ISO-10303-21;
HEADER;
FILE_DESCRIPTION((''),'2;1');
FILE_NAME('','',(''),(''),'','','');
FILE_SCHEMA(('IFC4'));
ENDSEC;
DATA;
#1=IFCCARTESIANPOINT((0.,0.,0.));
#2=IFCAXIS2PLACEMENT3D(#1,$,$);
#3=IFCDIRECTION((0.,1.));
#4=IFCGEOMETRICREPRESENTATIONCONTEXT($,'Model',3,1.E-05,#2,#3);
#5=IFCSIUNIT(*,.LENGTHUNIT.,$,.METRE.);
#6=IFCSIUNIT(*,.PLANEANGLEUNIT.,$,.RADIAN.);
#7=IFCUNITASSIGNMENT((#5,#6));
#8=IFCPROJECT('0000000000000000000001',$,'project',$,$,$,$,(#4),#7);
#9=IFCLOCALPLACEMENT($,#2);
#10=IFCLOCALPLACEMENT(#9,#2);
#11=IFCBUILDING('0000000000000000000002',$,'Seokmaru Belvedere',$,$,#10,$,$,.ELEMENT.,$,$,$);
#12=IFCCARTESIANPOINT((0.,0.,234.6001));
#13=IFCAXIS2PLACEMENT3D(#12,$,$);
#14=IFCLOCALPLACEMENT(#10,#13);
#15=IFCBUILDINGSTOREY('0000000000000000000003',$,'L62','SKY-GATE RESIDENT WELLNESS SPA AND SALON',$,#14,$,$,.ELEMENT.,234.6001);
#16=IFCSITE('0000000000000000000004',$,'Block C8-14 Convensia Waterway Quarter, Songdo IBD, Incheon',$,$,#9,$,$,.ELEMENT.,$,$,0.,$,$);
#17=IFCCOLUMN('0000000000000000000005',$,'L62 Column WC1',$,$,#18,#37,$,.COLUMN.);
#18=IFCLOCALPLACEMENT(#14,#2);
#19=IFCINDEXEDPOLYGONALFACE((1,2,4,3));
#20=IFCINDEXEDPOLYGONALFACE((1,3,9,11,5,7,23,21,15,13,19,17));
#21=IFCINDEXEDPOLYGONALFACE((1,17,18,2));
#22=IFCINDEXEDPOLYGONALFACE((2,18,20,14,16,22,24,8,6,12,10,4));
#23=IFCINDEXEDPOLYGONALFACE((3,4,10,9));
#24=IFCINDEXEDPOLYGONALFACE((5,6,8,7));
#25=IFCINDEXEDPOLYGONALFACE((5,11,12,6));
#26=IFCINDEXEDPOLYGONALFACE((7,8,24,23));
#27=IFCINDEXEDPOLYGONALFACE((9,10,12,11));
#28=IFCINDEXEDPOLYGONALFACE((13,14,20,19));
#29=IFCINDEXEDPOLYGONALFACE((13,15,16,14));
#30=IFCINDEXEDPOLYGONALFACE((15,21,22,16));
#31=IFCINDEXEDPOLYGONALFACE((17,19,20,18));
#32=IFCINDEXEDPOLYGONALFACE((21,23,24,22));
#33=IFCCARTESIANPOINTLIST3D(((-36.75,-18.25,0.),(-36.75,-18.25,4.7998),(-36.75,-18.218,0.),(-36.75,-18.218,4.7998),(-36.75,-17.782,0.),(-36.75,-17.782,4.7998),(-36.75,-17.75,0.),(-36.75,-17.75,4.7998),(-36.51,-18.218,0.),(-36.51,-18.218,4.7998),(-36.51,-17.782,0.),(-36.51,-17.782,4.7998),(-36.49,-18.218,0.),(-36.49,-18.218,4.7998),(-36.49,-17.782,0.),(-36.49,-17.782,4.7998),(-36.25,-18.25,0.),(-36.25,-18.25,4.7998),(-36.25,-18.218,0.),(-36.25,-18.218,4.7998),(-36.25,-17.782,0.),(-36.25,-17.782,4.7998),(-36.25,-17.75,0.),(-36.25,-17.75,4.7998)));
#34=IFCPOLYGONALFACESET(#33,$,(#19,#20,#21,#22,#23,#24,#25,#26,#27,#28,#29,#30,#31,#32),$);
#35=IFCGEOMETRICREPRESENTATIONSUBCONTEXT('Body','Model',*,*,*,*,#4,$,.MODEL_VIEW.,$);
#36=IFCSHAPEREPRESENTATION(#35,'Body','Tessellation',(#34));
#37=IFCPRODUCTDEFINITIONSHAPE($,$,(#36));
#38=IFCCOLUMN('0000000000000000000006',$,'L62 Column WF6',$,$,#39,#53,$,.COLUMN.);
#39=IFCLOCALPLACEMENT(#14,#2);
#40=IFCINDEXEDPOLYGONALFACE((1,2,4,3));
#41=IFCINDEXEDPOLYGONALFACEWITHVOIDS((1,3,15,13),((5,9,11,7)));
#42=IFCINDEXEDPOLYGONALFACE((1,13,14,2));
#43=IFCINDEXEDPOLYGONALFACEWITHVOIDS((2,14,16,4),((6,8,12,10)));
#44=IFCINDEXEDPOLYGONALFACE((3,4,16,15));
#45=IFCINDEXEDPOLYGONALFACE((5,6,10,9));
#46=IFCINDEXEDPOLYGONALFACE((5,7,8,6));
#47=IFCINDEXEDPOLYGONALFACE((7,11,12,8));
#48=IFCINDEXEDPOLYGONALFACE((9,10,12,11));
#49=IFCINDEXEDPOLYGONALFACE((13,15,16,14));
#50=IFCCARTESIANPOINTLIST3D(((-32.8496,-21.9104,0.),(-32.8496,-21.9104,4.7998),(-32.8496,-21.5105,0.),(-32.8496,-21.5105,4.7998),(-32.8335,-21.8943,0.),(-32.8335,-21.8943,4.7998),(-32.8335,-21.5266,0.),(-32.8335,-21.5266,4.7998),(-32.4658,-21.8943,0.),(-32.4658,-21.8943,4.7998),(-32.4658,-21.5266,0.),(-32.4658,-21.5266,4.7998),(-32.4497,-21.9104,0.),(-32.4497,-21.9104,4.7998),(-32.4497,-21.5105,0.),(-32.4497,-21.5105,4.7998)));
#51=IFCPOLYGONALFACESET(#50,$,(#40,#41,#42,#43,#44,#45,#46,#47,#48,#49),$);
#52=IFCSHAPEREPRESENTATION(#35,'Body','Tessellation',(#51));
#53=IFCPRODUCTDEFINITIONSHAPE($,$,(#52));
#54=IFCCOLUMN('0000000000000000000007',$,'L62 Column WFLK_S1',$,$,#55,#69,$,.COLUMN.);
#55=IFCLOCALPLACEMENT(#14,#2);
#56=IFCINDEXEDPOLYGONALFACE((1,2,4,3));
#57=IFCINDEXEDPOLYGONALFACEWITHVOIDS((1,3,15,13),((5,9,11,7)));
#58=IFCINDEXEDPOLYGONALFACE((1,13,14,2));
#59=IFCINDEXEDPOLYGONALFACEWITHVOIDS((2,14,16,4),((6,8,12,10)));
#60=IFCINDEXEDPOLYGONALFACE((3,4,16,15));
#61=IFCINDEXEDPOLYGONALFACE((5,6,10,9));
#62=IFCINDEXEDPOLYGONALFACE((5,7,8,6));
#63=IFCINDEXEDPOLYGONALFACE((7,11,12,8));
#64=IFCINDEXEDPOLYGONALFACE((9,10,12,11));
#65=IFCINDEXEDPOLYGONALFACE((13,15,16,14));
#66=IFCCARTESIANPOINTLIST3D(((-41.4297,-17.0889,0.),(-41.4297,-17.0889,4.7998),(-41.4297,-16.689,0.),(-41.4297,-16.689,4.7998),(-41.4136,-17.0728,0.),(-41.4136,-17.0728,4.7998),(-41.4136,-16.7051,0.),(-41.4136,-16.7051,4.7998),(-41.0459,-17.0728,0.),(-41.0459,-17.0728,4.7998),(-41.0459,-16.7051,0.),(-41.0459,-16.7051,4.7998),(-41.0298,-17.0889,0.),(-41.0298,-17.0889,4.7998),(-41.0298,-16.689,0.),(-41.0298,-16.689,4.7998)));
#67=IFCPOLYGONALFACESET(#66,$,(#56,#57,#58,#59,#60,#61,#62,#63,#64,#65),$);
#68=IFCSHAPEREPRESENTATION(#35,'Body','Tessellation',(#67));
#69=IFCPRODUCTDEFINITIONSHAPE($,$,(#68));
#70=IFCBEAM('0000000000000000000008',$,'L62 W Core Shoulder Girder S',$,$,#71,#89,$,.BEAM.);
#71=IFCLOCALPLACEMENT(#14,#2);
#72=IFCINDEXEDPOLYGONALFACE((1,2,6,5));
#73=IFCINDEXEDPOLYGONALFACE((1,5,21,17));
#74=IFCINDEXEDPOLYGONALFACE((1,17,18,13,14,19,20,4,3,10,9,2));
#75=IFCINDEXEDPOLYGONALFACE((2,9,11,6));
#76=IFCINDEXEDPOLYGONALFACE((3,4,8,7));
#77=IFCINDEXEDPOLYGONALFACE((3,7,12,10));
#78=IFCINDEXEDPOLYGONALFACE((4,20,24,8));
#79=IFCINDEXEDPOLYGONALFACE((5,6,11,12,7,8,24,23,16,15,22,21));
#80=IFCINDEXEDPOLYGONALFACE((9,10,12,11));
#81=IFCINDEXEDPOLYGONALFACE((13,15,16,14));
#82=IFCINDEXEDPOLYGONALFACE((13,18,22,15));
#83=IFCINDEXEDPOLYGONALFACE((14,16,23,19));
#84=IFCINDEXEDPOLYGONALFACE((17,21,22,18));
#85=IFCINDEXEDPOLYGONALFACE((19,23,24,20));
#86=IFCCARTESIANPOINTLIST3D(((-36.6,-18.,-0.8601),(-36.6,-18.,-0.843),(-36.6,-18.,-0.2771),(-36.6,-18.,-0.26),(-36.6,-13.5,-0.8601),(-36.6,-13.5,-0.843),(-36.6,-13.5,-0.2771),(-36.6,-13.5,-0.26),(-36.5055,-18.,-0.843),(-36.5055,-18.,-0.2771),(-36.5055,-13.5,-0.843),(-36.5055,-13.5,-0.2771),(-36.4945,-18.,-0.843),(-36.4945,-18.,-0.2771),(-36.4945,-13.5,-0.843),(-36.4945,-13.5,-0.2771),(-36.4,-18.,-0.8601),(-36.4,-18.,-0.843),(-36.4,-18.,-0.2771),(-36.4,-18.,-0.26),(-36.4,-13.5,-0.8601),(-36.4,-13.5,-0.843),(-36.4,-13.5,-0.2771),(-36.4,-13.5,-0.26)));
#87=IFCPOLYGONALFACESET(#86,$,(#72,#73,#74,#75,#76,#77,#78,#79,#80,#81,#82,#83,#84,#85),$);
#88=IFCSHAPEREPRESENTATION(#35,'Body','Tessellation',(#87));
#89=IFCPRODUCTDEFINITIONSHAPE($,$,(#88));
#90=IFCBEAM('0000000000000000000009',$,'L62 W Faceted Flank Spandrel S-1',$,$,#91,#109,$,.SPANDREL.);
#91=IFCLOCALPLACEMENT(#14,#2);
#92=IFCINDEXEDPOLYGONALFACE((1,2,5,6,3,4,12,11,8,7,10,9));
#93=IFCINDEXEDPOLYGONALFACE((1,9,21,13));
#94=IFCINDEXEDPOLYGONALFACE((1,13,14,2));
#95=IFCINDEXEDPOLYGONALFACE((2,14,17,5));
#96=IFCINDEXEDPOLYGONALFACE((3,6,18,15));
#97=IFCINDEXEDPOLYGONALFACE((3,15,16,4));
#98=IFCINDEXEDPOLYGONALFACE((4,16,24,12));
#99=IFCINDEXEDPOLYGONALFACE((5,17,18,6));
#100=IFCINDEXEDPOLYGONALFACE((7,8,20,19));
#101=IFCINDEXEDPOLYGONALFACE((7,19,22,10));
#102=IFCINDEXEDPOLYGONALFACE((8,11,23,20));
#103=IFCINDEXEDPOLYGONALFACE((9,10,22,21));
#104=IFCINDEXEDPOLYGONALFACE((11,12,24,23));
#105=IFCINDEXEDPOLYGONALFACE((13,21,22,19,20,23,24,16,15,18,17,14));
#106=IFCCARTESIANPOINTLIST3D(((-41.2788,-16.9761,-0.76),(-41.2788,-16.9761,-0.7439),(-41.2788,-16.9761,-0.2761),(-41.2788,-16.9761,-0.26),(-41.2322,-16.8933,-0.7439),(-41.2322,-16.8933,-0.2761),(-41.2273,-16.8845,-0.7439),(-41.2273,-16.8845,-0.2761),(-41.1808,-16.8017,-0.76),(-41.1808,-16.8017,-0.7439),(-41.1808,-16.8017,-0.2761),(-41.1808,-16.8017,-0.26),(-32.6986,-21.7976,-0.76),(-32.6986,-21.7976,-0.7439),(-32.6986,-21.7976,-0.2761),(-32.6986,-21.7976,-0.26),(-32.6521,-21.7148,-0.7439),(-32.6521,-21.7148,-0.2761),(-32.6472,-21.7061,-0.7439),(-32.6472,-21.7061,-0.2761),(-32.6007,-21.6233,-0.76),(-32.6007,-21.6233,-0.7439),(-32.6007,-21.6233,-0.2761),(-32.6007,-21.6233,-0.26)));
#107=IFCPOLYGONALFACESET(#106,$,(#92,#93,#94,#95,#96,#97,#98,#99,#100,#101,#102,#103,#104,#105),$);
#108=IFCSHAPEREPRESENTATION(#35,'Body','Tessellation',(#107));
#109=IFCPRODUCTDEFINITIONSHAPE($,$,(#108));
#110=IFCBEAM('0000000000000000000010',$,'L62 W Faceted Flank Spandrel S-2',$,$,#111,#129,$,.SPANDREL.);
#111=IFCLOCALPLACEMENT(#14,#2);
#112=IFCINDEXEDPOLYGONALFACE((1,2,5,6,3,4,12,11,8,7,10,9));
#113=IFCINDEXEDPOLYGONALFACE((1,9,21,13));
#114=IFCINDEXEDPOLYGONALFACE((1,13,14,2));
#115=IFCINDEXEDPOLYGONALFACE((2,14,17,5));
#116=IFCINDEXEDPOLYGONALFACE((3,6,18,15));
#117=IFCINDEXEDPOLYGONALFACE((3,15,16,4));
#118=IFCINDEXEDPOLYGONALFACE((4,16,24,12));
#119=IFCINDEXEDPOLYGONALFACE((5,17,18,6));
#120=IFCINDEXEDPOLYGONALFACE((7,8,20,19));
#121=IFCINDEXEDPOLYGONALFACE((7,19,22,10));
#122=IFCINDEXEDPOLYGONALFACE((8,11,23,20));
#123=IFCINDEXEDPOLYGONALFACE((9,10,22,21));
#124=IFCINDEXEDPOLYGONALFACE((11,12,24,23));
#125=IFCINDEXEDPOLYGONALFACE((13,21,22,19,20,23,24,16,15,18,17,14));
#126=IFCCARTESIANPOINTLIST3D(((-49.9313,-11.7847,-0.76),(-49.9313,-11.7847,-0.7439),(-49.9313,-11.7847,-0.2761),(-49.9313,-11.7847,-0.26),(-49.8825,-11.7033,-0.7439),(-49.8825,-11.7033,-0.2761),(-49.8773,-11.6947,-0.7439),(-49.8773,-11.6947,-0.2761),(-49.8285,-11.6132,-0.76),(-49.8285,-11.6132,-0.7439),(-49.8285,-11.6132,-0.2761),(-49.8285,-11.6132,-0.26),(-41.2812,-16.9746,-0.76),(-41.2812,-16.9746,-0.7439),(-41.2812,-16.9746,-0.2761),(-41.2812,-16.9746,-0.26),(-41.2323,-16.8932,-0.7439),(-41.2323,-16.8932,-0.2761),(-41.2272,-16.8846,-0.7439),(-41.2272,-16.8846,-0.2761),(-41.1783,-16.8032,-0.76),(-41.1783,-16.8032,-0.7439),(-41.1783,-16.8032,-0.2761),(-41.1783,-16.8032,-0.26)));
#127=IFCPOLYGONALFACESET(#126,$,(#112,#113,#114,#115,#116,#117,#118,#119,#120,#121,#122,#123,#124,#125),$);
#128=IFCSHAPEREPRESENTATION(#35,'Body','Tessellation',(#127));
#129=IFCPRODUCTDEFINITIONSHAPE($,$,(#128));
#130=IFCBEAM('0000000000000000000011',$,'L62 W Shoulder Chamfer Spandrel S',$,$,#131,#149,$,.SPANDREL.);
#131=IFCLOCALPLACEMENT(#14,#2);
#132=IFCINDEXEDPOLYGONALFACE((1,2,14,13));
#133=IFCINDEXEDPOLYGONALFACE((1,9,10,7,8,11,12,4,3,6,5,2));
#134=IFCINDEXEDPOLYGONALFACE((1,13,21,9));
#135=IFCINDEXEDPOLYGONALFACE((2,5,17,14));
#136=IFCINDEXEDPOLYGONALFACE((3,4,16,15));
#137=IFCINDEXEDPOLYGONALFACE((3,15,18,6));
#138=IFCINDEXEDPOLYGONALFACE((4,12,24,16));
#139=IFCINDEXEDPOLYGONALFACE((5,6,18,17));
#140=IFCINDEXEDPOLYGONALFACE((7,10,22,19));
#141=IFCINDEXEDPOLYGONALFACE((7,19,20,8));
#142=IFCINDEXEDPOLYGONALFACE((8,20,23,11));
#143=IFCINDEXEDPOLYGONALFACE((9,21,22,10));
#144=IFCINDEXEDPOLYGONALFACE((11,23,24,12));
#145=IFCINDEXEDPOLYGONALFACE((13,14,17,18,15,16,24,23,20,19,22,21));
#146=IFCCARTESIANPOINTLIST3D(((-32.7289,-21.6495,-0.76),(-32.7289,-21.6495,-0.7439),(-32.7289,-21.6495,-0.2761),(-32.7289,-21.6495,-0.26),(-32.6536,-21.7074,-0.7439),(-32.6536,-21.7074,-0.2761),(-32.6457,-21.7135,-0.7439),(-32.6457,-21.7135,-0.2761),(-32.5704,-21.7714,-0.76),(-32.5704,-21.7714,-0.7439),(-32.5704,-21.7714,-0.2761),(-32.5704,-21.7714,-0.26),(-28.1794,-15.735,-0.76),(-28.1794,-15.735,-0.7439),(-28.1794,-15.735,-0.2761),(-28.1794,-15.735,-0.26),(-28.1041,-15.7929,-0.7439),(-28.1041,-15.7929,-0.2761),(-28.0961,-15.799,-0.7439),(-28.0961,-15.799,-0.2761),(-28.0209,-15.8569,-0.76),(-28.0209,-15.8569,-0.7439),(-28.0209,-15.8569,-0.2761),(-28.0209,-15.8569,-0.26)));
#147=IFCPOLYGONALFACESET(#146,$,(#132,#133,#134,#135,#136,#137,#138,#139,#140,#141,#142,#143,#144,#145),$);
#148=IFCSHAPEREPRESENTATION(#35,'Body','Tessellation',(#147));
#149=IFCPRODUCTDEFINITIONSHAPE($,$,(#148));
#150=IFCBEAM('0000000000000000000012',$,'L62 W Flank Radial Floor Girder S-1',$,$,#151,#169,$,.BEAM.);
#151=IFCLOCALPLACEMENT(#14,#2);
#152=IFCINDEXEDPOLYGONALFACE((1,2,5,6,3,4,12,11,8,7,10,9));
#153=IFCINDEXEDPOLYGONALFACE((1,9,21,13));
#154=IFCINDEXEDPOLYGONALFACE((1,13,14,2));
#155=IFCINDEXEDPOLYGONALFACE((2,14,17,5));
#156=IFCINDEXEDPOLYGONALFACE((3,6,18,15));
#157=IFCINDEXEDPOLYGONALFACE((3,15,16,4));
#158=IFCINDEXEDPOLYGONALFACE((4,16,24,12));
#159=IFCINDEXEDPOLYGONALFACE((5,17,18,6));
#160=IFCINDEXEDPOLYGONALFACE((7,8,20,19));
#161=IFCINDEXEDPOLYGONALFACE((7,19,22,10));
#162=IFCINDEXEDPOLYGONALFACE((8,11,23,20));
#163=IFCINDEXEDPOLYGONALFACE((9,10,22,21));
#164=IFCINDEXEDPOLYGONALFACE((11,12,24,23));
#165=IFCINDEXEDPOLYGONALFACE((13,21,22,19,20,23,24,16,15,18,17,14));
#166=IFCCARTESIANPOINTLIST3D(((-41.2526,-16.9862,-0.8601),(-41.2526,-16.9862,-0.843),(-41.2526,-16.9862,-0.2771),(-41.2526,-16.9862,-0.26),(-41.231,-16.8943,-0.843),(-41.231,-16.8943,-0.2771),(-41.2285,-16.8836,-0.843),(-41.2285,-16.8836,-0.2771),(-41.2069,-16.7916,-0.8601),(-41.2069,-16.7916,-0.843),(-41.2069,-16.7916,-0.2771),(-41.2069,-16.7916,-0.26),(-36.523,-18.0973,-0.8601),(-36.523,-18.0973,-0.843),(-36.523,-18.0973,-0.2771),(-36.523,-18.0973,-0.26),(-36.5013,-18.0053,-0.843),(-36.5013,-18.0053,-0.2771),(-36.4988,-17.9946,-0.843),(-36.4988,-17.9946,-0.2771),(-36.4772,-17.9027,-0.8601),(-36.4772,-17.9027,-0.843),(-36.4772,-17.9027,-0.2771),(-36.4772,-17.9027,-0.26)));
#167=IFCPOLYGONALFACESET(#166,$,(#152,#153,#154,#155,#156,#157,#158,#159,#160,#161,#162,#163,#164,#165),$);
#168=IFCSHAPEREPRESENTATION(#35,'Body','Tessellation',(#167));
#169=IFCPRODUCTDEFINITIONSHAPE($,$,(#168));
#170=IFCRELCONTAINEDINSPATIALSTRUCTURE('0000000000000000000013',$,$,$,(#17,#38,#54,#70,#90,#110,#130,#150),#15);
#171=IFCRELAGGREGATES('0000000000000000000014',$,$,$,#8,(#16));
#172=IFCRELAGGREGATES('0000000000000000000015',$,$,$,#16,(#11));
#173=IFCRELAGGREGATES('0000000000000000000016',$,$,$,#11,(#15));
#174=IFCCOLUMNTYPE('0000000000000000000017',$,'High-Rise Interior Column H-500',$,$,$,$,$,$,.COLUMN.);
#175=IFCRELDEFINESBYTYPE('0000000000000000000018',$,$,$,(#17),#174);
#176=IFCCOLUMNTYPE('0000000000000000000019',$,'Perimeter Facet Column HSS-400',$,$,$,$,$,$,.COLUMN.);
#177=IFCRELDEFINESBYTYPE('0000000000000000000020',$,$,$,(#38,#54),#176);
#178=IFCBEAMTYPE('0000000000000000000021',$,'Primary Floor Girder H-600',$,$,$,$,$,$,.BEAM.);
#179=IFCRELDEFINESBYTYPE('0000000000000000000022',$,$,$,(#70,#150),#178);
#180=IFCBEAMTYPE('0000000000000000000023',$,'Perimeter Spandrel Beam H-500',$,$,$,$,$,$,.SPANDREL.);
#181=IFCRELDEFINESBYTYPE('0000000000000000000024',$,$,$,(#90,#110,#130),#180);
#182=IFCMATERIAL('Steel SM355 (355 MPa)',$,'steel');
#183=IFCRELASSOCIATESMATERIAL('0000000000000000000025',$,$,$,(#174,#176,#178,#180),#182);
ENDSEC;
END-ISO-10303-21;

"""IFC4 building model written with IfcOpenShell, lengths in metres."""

from ifc_helpers import new_model, si_unit, direction, frame, origin, origin_2d, place, context, subcontext, project, spatial, hollow_rectangle, i_section, extrude, source, transform, mapped, material, material_profile, profile_set, type_object, type_shapes, element, save


model = new_model("IFC4")

# Units and contexts
model_context = context("Model", 3, precision=1e-05, world=origin(), true_north=direction((0.0, 1.0)))
body_context = subcontext(model_context, "Body", "Model", "MODEL_VIEW")
ifc_project = project(units=[si_unit("LENGTHUNIT", "METRE"), si_unit("PLANEANGLEUNIT", "RADIAN")], contexts=[model_context])

# Site, building, storey
site_placement = place(None, origin())
site = spatial("IfcSite", under=ifc_project, at=site_placement, Name="Block C8-14 Convensia Waterway Quarter, Songdo IBD, Incheon", CompositionType="ELEMENT", RefElevation=0.0)
building_placement = place(site_placement, origin())
building = spatial("IfcBuilding", under=site, at=building_placement, Name="Seokmaru Belvedere", CompositionType="ELEMENT")
storey_placement = place(building_placement, frame((0.0, 0.0, 234.6001)))
storey = spatial("IfcBuildingStorey", under=building, at=storey_placement, Name="L62", Description="SKY-GATE RESIDENT WELLNESS SPA AND SALON", CompositionType="ELEMENT", Elevation=234.6001)

# Columns
ifc_material_1 = material(Name="Steel SM355 (355 MPa)", Category="steel")
ifc_material_profile_1 = material_profile(ifc_material_1, i_section(OverallWidth=0.5, OverallDepth=0.5, WebThickness=0.02, FlangeThickness=0.032, at=origin_2d()), Name="H-500x500x20x32")
ifc_profile_set_1 = profile_set([ifc_material_profile_1], Name="Steel SM355 (355 MPa)")
column_type_1 = type_object("IfcColumnType", Name="High-Rise Interior Column H-500", PredefinedType="COLUMN", material=ifc_profile_set_1)
shared_shape_1 = source(origin(), body_context, "Body", "SweptSolid", [
    extrude(i_section(OverallWidth=0.5, OverallDepth=0.5, WebThickness=0.02, FlangeThickness=0.032, at=origin_2d()), origin(), (0.0, 0.0, 1.0), 4.7998),
])
type_shapes(column_type_1, [shared_shape_1])
column_placement = place(storey_placement, frame((-36.5, -18.0, 0.0), z_axis=(0.0, 0.0, 1.0), x_axis=(1.0, 0.0, 0.0)))
element("IfcColumn", 1, at=column_placement, inside=storey, type_object=column_type_1, Name="L62 Column WC1", PredefinedType="COLUMN", context=body_context, shape_type="MappedRepresentation", body=[
    mapped(shared_shape_1, transform((0.0, 0.0, 0.0), scale=1.0)),
])
ifc_material_profile_2 = material_profile(ifc_material_1, hollow_rectangle(XDim=0.3999, YDim=0.3999, WallThickness=0.0161, at=origin_2d()), Name="HSS-400x400x16")
ifc_profile_set_2 = profile_set([ifc_material_profile_2], Name="Steel SM355 (355 MPa)")
column_type_2 = type_object("IfcColumnType", Name="Perimeter Facet Column HSS-400", PredefinedType="COLUMN", material=ifc_profile_set_2)
shared_shape_2 = source(origin(), body_context, "Body", "SweptSolid", [
    extrude(hollow_rectangle(XDim=0.3999, YDim=0.3999, WallThickness=0.0161, at=origin_2d()), origin(), (0.0, 0.0, 1.0), 4.7998),
])
type_shapes(column_type_2, [shared_shape_2])
for number, where, z_axis, x_axis, name in (
    (2, (-32.6497, -21.7104, 0.0), (0.0, 0.0, 1.0), (1.0, 0.0, 0.0), "L62 Column WF6"),
    (3, (-41.2297, -16.8889, 0.0), (0.0, 0.0, 1.0), (1.0, 0.0, 0.0), "L62 Column WFLK_S1"),
):
    element("IfcColumn", number, at=place(storey_placement, frame(where, z_axis=z_axis, x_axis=x_axis)), inside=storey, type_object=column_type_2, Name=name, PredefinedType="COLUMN", context=body_context, shape_type="MappedRepresentation", body=[
        mapped(shared_shape_2, transform((0.0, 0.0, 0.0), scale=1.0)),
    ])

# Beams
ifc_material_profile_3 = material_profile(ifc_material_1, i_section(OverallWidth=0.2, OverallDepth=0.6001, WebThickness=0.011, FlangeThickness=0.0171, at=origin_2d()), Name="H-600x200x11x17")
ifc_profile_set_3 = profile_set([ifc_material_profile_3], Name="Steel SM355 (355 MPa)")
beam_type_1 = type_object("IfcBeamType", Name="Primary Floor Girder H-600", PredefinedType="BEAM", material=ifc_profile_set_3)
shared_shape_3 = source(origin(), body_context, "Body", "SweptSolid", [
    extrude(i_section(OverallWidth=0.2, OverallDepth=0.6001, WebThickness=0.011, FlangeThickness=0.0171, at=origin_2d()), origin(), (0.0, 0.0, 1.0), 4.5),
])
beam_1_placement = place(storey_placement, frame((-36.5, -18.0, -0.5601), z_axis=(0.0, 1.0, 0.0), x_axis=(-1.0, 0.0, 0.0)))
element("IfcBeam", 4, at=beam_1_placement, inside=storey, type_object=beam_type_1, Name="L62 W Core Shoulder Girder S", PredefinedType="BEAM", context=body_context, shape_type="MappedRepresentation", body=[
    mapped(shared_shape_3, transform((0.0, 0.0, 0.0), scale=1.0)),
])
ifc_material_profile_4 = material_profile(ifc_material_1, i_section(OverallWidth=0.2, OverallDepth=0.5, WebThickness=0.01, FlangeThickness=0.0161, at=origin_2d()), Name="H-500x200x10x16")
ifc_profile_set_4 = profile_set([ifc_material_profile_4], Name="Steel SM355 (355 MPa)")
beam_type_2 = type_object("IfcBeamType", Name="Perimeter Spandrel Beam H-500", PredefinedType="SPANDREL", material=ifc_profile_set_4)
shared_shape_4 = source(origin(), body_context, "Body", "SweptSolid", [
    extrude(i_section(OverallWidth=0.2, OverallDepth=0.5, WebThickness=0.01, FlangeThickness=0.0161, at=origin_2d()), origin(), (0.0, 0.0, 1.0), 9.842),
])
beam_2_placement = place(storey_placement, frame((-32.6497, -21.7104, -0.51), z_axis=(-0.871782, 0.489894, 0.0), x_axis=(-0.489894, -0.871782, 0.0)))
element("IfcBeam", 5, at=beam_2_placement, inside=storey, type_object=beam_type_2, Name="L62 W Faceted Flank Spandrel S-1", PredefinedType="SPANDREL", context=body_context, shape_type="MappedRepresentation", body=[
    mapped(shared_shape_4, transform((0.0, 0.0, 0.0), scale=1.0)),
])
shared_shape_5 = source(origin(), body_context, "Body", "SweptSolid", [
    extrude(i_section(OverallWidth=0.2, OverallDepth=0.5, WebThickness=0.01, FlangeThickness=0.0161, at=origin_2d()), origin(), (0.0, 0.0, 1.0), 10.0876),
])
beam_3_placement = place(storey_placement, frame((-41.2297, -16.8889, -0.51), z_axis=(-0.857499, 0.514485, 0.0), x_axis=(-0.514485, -0.857499, 0.0)))
element("IfcBeam", 6, at=beam_3_placement, inside=storey, type_object=beam_type_2, Name="L62 W Faceted Flank Spandrel S-2", PredefinedType="SPANDREL", context=body_context, shape_type="MappedRepresentation", body=[
    mapped(shared_shape_5, transform((0.0, 0.0, 0.0), scale=1.0)),
])
shared_shape_6 = source(origin(), body_context, "Body", "SweptSolid", [
    extrude(i_section(OverallWidth=0.2, OverallDepth=0.5, WebThickness=0.01, FlangeThickness=0.0161, at=origin_2d()), origin(), (0.0, 0.0, 1.0), 7.4619),
])
type_shapes(beam_type_2, [shared_shape_4, shared_shape_5, shared_shape_6])
beam_4_placement = place(storey_placement, frame((-32.6497, -21.7104, -0.51), z_axis=(0.609703, 0.79263, 0.0), x_axis=(-0.79263, 0.609703, 0.0)))
element("IfcBeam", 7, at=beam_4_placement, inside=storey, type_object=beam_type_2, Name="L62 W Shoulder Chamfer Spandrel S", PredefinedType="SPANDREL", context=body_context, shape_type="MappedRepresentation", body=[
    mapped(shared_shape_6, transform((0.0, 0.0, 0.0), scale=1.0)),
])
shared_shape_7 = source(origin(), body_context, "Body", "SweptSolid", [
    extrude(i_section(OverallWidth=0.2, OverallDepth=0.6001, WebThickness=0.011, FlangeThickness=0.0171, at=origin_2d()), origin(), (0.0, 0.0, 1.0), 4.8584),
])
type_shapes(beam_type_1, [shared_shape_3, shared_shape_7])
beam_5_placement = place(storey_placement, frame((-41.2297, -16.8889, -0.5601), z_axis=(0.973499, -0.228689, 0.0), x_axis=(0.228689, 0.973499, 0.0)))
element("IfcBeam", 8, at=beam_5_placement, inside=storey, type_object=beam_type_1, Name="L62 W Flank Radial Floor Girder S-1", PredefinedType="BEAM", context=body_context, shape_type="MappedRepresentation", body=[
    mapped(shared_shape_7, transform((0.0, 0.0, 0.0), scale=1.0)),
])

save(model, "model.ifc")
